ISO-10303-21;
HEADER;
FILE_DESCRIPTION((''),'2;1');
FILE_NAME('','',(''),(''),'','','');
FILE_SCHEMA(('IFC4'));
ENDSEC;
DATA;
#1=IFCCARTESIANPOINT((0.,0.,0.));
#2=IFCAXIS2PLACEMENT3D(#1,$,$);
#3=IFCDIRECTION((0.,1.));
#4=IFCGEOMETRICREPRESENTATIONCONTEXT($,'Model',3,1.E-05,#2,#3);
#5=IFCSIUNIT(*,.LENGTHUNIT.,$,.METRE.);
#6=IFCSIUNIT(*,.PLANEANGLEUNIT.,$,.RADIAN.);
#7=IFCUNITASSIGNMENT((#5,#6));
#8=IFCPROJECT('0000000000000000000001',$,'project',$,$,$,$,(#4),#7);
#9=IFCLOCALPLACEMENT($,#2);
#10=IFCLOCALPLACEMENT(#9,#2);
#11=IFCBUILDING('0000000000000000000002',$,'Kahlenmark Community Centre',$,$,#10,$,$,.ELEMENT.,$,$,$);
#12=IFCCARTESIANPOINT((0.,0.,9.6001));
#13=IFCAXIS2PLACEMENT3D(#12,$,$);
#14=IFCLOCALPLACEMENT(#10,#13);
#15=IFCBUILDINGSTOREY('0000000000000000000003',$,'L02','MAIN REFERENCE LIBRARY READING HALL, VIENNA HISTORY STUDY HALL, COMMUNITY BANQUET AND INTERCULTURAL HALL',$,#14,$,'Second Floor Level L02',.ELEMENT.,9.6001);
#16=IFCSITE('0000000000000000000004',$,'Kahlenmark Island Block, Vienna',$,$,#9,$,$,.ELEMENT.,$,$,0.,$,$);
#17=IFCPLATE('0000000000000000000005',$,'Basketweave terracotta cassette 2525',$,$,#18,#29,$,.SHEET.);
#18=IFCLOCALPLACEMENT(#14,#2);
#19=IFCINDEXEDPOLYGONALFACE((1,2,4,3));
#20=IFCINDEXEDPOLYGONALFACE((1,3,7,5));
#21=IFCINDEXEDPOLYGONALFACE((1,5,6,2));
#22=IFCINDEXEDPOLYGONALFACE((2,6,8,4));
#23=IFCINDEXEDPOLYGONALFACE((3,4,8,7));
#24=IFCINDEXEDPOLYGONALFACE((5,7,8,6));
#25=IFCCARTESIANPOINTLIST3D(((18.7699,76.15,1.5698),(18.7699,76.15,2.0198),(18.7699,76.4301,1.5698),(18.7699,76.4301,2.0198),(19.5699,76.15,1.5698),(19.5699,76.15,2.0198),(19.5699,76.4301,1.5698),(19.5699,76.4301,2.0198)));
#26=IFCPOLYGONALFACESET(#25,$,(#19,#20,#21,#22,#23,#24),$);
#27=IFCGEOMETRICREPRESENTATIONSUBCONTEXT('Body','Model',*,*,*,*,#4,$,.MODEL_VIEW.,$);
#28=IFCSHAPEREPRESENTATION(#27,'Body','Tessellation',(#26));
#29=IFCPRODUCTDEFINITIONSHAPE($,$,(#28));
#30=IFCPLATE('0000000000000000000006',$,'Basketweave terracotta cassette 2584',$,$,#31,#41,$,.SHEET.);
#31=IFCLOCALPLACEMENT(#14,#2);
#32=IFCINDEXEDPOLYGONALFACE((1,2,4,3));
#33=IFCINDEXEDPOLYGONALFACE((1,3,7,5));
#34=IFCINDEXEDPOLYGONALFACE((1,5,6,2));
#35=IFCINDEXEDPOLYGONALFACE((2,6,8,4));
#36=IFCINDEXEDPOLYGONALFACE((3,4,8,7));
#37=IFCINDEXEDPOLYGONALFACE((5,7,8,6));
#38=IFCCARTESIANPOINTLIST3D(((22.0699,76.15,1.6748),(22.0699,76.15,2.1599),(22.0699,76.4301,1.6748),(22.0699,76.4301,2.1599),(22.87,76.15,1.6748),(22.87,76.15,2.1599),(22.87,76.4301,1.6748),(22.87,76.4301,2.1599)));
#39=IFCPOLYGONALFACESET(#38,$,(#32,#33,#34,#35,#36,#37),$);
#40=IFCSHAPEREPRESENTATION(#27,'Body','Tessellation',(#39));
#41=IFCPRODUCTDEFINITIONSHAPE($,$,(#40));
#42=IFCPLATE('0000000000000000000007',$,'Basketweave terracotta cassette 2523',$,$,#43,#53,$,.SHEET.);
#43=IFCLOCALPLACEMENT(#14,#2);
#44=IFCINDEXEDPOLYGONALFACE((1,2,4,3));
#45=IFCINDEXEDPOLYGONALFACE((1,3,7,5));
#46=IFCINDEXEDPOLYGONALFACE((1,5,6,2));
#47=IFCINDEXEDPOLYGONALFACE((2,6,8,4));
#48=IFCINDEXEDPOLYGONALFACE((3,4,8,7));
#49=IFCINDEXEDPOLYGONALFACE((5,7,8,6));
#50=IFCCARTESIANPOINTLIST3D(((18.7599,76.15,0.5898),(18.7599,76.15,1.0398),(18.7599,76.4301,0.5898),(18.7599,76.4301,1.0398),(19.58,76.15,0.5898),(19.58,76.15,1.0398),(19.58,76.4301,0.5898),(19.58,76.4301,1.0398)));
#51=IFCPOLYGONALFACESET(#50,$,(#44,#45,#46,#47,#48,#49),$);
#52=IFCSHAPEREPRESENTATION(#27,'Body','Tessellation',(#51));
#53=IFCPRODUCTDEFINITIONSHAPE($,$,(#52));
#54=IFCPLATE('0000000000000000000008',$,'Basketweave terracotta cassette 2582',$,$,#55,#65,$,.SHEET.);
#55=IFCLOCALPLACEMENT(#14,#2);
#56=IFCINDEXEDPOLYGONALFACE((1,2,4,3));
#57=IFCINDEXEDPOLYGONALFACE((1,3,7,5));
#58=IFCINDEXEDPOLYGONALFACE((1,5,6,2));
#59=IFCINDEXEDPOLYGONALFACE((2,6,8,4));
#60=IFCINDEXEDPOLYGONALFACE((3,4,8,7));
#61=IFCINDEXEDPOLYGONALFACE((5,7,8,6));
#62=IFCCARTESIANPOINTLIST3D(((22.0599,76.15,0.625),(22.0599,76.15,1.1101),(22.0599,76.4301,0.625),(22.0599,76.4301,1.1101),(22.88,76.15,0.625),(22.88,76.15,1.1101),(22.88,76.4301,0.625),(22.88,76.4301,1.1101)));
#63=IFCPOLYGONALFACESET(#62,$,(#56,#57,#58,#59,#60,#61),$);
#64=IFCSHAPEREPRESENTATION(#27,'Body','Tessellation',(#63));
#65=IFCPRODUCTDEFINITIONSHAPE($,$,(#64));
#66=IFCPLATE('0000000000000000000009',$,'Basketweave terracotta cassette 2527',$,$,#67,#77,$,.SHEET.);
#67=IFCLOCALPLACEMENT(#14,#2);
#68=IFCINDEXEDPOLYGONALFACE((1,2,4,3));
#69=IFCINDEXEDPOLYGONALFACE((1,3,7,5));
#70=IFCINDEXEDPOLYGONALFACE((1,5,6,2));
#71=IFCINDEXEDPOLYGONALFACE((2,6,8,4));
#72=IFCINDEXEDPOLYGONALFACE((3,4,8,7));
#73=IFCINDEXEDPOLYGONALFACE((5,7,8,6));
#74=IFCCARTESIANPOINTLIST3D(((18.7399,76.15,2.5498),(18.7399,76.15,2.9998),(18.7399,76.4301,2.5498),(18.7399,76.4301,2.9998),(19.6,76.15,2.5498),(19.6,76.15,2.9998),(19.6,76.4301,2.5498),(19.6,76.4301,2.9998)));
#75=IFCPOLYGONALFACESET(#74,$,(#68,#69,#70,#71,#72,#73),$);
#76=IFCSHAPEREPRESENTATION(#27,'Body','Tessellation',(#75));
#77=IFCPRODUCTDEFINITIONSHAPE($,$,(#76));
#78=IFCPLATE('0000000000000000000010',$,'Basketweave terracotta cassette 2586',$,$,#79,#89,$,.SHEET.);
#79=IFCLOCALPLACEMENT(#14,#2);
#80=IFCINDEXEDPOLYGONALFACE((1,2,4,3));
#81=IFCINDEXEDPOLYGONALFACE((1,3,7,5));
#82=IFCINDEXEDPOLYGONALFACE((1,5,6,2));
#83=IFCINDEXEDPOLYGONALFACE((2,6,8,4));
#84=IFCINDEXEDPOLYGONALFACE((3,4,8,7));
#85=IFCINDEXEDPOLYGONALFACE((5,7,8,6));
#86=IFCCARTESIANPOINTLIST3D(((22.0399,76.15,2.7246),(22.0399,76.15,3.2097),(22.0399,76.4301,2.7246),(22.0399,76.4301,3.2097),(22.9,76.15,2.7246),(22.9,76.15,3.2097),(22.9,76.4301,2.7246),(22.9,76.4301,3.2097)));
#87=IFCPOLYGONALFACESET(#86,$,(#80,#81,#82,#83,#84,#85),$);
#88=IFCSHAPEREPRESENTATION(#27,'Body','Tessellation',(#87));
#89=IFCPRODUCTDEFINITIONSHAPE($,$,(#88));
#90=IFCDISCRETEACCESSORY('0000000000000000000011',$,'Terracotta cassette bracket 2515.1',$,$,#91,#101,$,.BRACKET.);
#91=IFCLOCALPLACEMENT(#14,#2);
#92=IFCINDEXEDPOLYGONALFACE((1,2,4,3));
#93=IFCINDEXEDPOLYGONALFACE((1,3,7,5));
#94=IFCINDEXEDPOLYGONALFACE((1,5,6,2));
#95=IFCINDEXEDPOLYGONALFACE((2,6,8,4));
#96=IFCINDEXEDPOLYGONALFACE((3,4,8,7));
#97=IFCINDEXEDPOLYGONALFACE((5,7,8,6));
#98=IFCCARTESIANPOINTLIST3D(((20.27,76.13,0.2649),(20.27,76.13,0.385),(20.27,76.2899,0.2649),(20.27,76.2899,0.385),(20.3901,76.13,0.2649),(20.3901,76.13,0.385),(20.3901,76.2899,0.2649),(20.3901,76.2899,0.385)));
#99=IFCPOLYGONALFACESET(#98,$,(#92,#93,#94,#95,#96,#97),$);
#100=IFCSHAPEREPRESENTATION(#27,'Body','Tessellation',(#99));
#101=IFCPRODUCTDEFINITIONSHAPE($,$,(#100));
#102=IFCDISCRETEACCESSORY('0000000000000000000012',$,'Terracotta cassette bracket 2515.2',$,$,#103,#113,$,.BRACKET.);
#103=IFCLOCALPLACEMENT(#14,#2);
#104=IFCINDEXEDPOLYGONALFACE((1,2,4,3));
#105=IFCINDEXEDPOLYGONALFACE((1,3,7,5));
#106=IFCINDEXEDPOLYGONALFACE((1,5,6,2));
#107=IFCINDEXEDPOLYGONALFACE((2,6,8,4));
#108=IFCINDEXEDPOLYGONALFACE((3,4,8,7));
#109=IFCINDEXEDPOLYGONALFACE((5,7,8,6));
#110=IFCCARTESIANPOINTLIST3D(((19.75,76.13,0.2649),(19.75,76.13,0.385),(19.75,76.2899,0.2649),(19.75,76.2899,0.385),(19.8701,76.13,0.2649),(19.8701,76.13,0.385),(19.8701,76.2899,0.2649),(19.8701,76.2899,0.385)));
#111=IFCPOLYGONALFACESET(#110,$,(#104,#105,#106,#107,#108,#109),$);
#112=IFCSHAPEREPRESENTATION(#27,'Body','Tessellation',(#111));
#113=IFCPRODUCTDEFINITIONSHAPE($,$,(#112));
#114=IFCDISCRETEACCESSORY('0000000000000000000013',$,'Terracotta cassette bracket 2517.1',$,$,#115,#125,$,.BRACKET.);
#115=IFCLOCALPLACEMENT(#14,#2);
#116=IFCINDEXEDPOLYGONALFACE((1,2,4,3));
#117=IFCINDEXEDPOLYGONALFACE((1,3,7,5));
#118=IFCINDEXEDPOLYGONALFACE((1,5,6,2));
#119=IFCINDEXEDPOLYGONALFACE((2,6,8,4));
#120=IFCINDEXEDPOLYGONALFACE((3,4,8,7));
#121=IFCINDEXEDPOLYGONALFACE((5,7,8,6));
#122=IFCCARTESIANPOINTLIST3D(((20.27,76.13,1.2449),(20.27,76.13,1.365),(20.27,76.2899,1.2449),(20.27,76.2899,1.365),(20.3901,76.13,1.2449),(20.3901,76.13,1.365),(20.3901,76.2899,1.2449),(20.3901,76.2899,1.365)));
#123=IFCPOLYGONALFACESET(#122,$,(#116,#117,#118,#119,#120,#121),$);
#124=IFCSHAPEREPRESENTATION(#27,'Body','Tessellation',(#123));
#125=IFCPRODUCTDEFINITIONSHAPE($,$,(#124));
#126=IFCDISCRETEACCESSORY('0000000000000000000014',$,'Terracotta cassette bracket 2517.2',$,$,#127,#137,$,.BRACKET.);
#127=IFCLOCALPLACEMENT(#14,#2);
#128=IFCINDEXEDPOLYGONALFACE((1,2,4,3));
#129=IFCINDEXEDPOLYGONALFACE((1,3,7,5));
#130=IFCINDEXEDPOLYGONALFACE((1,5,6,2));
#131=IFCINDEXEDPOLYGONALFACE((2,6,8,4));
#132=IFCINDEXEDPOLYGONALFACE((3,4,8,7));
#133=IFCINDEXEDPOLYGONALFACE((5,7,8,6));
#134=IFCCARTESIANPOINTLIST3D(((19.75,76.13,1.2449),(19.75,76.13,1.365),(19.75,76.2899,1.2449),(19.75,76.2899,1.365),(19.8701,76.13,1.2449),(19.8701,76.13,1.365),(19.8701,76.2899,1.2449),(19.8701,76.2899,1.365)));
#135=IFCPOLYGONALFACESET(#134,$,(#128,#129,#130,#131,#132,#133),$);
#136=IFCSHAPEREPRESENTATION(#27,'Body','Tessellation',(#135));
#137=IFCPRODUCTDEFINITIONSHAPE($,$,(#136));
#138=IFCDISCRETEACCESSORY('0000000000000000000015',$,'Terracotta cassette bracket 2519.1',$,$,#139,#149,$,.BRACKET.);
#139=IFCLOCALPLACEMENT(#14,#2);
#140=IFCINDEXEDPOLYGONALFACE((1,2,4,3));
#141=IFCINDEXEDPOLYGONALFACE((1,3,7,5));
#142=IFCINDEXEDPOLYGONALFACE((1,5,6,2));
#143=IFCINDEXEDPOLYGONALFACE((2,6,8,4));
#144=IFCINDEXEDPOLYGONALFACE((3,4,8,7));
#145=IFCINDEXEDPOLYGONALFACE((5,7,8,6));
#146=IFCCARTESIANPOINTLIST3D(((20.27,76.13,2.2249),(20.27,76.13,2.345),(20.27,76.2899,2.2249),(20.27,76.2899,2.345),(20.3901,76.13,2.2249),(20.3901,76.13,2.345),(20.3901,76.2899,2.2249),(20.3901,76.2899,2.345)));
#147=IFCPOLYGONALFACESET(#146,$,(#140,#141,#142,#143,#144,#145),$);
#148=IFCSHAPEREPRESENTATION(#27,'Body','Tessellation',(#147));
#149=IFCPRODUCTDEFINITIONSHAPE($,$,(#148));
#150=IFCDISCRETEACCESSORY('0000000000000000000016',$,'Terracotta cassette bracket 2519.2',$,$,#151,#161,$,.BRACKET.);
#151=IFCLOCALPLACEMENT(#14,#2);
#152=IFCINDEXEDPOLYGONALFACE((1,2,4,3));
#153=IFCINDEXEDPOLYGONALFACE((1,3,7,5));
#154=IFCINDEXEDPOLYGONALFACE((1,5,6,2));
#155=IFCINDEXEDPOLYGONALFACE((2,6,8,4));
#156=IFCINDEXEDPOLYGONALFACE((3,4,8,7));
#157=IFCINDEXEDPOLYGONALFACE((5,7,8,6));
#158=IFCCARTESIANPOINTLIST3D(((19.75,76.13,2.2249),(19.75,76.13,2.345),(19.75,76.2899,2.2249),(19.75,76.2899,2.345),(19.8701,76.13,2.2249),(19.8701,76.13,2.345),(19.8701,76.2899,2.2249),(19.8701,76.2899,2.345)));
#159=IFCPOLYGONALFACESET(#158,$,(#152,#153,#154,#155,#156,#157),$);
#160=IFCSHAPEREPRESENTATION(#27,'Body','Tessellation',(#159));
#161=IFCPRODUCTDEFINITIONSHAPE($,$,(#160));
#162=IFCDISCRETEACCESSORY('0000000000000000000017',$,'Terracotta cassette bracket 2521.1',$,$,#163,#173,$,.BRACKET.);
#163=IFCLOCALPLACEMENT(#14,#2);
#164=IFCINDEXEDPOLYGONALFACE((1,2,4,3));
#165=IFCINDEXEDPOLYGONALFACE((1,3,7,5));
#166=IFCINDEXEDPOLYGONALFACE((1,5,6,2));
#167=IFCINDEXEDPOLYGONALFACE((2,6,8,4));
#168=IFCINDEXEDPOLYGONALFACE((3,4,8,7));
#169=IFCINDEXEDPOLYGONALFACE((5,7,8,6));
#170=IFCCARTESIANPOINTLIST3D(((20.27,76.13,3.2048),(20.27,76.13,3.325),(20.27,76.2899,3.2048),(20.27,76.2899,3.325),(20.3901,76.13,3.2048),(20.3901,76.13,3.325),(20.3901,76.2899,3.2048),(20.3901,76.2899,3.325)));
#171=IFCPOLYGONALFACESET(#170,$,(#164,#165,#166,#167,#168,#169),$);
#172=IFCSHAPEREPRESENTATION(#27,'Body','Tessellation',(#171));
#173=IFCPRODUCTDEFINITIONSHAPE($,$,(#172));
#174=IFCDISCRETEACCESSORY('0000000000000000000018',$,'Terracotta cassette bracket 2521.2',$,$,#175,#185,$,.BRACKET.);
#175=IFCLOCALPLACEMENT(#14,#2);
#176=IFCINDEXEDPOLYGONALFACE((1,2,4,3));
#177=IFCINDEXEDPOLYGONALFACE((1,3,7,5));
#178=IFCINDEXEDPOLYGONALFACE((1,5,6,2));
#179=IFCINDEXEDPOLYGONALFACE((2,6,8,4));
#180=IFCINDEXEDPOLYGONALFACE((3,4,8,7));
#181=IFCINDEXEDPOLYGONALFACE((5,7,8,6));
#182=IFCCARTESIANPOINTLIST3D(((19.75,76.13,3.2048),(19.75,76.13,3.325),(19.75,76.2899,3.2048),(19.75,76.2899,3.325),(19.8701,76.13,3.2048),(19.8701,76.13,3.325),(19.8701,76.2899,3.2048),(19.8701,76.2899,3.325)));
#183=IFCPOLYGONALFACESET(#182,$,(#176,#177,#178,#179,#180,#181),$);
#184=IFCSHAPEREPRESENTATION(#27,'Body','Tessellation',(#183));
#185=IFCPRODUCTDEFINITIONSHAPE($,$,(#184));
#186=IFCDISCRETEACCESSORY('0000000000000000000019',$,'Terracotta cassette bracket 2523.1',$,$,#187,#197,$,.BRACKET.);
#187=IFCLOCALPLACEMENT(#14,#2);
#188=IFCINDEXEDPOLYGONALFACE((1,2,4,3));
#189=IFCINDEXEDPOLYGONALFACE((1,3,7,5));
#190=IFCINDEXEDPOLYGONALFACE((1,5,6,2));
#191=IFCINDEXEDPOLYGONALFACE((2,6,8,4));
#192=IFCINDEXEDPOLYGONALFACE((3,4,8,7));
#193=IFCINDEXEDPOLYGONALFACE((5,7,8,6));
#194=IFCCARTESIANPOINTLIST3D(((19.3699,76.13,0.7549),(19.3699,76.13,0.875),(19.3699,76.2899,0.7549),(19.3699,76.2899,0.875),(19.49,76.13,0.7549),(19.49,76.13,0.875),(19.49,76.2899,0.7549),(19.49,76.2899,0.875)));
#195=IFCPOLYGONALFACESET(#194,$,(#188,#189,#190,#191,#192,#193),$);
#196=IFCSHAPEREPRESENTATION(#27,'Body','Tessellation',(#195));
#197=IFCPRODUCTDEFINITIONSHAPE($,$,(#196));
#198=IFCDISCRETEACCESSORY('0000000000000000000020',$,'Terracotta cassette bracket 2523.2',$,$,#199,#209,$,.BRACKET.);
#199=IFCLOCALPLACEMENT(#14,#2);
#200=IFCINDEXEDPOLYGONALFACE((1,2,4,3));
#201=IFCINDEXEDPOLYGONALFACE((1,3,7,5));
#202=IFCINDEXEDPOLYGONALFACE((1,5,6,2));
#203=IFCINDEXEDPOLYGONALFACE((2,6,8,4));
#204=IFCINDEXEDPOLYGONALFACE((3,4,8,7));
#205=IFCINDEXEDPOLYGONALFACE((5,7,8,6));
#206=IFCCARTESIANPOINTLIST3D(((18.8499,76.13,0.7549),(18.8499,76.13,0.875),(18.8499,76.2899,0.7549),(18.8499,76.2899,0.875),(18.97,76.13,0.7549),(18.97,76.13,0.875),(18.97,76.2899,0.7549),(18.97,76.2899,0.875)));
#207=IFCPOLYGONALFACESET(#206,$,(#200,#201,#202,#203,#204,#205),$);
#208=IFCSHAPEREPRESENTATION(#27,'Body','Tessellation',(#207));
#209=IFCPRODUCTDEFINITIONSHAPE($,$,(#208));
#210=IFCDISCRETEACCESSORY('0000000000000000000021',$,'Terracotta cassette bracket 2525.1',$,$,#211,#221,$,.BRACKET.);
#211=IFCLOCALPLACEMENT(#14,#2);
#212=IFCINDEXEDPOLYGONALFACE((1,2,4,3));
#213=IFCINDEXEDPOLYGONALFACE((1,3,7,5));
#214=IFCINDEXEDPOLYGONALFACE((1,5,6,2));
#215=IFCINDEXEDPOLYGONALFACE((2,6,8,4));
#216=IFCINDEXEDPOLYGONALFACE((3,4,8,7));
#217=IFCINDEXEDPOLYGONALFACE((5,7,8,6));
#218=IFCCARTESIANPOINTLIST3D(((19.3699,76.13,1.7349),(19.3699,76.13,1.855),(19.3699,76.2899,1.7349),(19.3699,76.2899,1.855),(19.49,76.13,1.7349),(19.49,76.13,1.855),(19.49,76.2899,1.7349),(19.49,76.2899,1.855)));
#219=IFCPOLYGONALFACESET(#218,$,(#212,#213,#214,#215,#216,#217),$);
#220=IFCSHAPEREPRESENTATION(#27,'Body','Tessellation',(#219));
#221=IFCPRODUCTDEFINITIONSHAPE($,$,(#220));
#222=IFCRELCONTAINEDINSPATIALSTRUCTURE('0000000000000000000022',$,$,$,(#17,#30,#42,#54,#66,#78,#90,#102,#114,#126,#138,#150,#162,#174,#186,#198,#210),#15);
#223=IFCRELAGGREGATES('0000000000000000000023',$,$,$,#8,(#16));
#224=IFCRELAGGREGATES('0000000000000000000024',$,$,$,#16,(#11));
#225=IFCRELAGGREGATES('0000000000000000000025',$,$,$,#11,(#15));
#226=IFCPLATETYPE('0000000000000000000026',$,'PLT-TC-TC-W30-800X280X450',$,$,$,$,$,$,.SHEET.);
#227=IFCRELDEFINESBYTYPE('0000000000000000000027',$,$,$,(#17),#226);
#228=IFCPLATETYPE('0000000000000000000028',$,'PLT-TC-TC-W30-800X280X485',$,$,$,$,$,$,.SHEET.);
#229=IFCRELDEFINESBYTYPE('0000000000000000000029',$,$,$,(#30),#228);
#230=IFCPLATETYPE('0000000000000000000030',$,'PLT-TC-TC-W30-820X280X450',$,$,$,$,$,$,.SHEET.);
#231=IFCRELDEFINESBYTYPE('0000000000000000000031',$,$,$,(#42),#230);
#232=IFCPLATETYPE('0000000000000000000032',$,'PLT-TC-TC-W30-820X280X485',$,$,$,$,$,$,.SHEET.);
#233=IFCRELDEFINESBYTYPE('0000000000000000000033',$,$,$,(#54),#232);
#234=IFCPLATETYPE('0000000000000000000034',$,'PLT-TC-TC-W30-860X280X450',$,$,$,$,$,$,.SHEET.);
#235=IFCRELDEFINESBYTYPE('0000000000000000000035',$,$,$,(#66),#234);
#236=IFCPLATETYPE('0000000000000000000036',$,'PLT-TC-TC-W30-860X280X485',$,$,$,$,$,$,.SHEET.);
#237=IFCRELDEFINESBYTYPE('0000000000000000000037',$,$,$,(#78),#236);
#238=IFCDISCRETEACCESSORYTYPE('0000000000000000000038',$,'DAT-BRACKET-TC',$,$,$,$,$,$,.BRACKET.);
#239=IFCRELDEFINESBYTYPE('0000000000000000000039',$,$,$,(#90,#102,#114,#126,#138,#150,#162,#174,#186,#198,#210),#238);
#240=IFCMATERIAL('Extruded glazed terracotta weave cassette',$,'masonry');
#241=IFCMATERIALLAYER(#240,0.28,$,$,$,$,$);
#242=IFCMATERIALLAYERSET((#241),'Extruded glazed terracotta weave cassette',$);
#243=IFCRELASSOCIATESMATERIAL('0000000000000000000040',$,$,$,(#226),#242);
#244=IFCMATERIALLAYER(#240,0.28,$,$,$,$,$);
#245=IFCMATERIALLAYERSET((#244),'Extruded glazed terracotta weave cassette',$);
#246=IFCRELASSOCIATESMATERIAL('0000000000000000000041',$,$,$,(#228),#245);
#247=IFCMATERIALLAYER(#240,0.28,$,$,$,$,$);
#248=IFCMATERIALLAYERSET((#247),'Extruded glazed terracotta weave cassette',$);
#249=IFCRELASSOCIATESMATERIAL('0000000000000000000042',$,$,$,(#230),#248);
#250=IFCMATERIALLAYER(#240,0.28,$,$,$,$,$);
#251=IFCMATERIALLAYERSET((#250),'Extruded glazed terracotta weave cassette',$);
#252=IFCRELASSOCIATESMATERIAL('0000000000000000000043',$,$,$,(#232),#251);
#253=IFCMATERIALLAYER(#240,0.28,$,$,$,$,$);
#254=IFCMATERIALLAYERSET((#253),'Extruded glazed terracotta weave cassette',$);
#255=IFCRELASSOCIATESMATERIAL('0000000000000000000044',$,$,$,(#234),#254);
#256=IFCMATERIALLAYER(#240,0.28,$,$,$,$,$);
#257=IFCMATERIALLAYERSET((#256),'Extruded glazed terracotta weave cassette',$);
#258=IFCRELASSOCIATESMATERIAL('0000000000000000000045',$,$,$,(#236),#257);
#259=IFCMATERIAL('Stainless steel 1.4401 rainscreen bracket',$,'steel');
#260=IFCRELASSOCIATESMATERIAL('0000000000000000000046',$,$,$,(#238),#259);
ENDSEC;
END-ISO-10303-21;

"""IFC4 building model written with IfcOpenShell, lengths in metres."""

from ifc_helpers import new_model, si_unit, direction, frame, origin, origin_2d, place, context, subcontext, project, spatial, rectangle, extrude, material, layer, layer_set, type_object, element, save


model = new_model("IFC4")

# Units and contexts
model_context = context("Model", 3, precision=1e-05, world=origin(), true_north=direction((0.0, 1.0)))
body_context = subcontext(model_context, "Body", "Model", "MODEL_VIEW")
ifc_project = project(units=[si_unit("LENGTHUNIT", "METRE"), si_unit("PLANEANGLEUNIT", "RADIAN")], contexts=[model_context])

# Site, building, storey
site_placement = place(None, origin())
site = spatial("IfcSite", under=ifc_project, at=site_placement, Name="Kahlenmark Island Block, Vienna", CompositionType="ELEMENT", RefElevation=0.0)
building_placement = place(site_placement, origin())
building = spatial("IfcBuilding", under=site, at=building_placement, Name="Kahlenmark Community Centre", CompositionType="ELEMENT")
storey_placement = place(building_placement, frame((0.0, 0.0, 9.6001)))
storey = spatial("IfcBuildingStorey", under=building, at=storey_placement, Name="L02", Description="MAIN REFERENCE LIBRARY READING HALL, VIENNA HISTORY STUDY HALL, COMMUNITY BANQUET AND INTERCULTURAL HALL", LongName="Second Floor Level L02", CompositionType="ELEMENT", Elevation=9.6001)

# Plates
ifc_material_1 = material(Name="Extruded glazed terracotta weave cassette", Category="masonry")
ifc_layer_1 = layer(ifc_material_1, 0.28)
ifc_layer_set_1 = layer_set([ifc_layer_1], Name="Extruded glazed terracotta weave cassette")
plate_type_1 = type_object("IfcPlateType", Name="PLT-TC-TC-W30-800X280X450", PredefinedType="SHEET", material=ifc_layer_set_1)
plate_1_placement = place(storey_placement, frame((19.1699, 76.29, 1.5698), z_axis=(0.0, 0.0, 1.0), x_axis=(-1.0, 0.0, 0.0)))
element("IfcPlate", 1, at=plate_1_placement, inside=storey, type_object=plate_type_1, Name="Basketweave terracotta cassette 2525", PredefinedType="SHEET", context=body_context, shape_type="SweptSolid", body=[
    extrude(rectangle(XDim=0.8, YDim=0.28, at=origin_2d()), origin(), (0.0, 0.0, 1.0), 0.45),
])
ifc_layer_2 = layer(ifc_material_1, 0.28)
ifc_layer_set_2 = layer_set([ifc_layer_2], Name="Extruded glazed terracotta weave cassette")
plate_type_2 = type_object("IfcPlateType", Name="PLT-TC-TC-W30-800X280X485", PredefinedType="SHEET", material=ifc_layer_set_2)
plate_2_placement = place(storey_placement, frame((22.47, 76.29, 1.6748), z_axis=(0.0, 0.0, 1.0), x_axis=(-1.0, 0.0, 0.0)))
element("IfcPlate", 2, at=plate_2_placement, inside=storey, type_object=plate_type_2, Name="Basketweave terracotta cassette 2584", PredefinedType="SHEET", context=body_context, shape_type="SweptSolid", body=[
    extrude(rectangle(XDim=0.8, YDim=0.28, at=origin_2d()), origin(), (0.0, 0.0, 1.0), 0.4851),
])
ifc_layer_3 = layer(ifc_material_1, 0.28)
ifc_layer_set_3 = layer_set([ifc_layer_3], Name="Extruded glazed terracotta weave cassette")
plate_type_3 = type_object("IfcPlateType", Name="PLT-TC-TC-W30-820X280X450", PredefinedType="SHEET", material=ifc_layer_set_3)
plate_3_placement = place(storey_placement, frame((19.1699, 76.29, 0.5898), z_axis=(0.0, 0.0, 1.0), x_axis=(-1.0, 0.0, 0.0)))
element("IfcPlate", 3, at=plate_3_placement, inside=storey, type_object=plate_type_3, Name="Basketweave terracotta cassette 2523", PredefinedType="SHEET", context=body_context, shape_type="SweptSolid", body=[
    extrude(rectangle(XDim=0.8201, YDim=0.28, at=origin_2d()), origin(), (0.0, 0.0, 1.0), 0.45),
])
ifc_layer_4 = layer(ifc_material_1, 0.28)
ifc_layer_set_4 = layer_set([ifc_layer_4], Name="Extruded glazed terracotta weave cassette")
plate_type_4 = type_object("IfcPlateType", Name="PLT-TC-TC-W30-820X280X485", PredefinedType="SHEET", material=ifc_layer_set_4)
plate_4_placement = place(storey_placement, frame((22.47, 76.29, 0.625), z_axis=(0.0, 0.0, 1.0), x_axis=(-1.0, 0.0, 0.0)))
element("IfcPlate", 4, at=plate_4_placement, inside=storey, type_object=plate_type_4, Name="Basketweave terracotta cassette 2582", PredefinedType="SHEET", context=body_context, shape_type="SweptSolid", body=[
    extrude(rectangle(XDim=0.8201, YDim=0.28, at=origin_2d()), origin(), (0.0, 0.0, 1.0), 0.4851),
])
ifc_layer_5 = layer(ifc_material_1, 0.28)
ifc_layer_set_5 = layer_set([ifc_layer_5], Name="Extruded glazed terracotta weave cassette")
plate_type_5 = type_object("IfcPlateType", Name="PLT-TC-TC-W30-860X280X450", PredefinedType="SHEET", material=ifc_layer_set_5)
plate_5_placement = place(storey_placement, frame((19.1699, 76.29, 2.5498), z_axis=(0.0, 0.0, 1.0), x_axis=(-1.0, 0.0, 0.0)))
element("IfcPlate", 5, at=plate_5_placement, inside=storey, type_object=plate_type_5, Name="Basketweave terracotta cassette 2527", PredefinedType="SHEET", context=body_context, shape_type="SweptSolid", body=[
    extrude(rectangle(XDim=0.8601, YDim=0.28, at=origin_2d()), origin(), (0.0, 0.0, 1.0), 0.45),
])
ifc_layer_6 = layer(ifc_material_1, 0.28)
ifc_layer_set_6 = layer_set([ifc_layer_6], Name="Extruded glazed terracotta weave cassette")
plate_type_6 = type_object("IfcPlateType", Name="PLT-TC-TC-W30-860X280X485", PredefinedType="SHEET", material=ifc_layer_set_6)
plate_6_placement = place(storey_placement, frame((22.47, 76.29, 2.7246), z_axis=(0.0, 0.0, 1.0), x_axis=(-1.0, 0.0, 0.0)))
element("IfcPlate", 6, at=plate_6_placement, inside=storey, type_object=plate_type_6, Name="Basketweave terracotta cassette 2586", PredefinedType="SHEET", context=body_context, shape_type="SweptSolid", body=[
    extrude(rectangle(XDim=0.8601, YDim=0.28, at=origin_2d()), origin(), (0.0, 0.0, 1.0), 0.4851),
])

# Discrete accessories
ifc_material_2 = material(Name="Stainless steel 1.4401 rainscreen bracket", Category="steel")
discrete_accessory_type = type_object("IfcDiscreteAccessoryType", Name="DAT-BRACKET-TC", PredefinedType="BRACKET", material=ifc_material_2)
for number, where, z_axis, x_axis, name in (
    (7, (20.3301, 76.21, 0.2649), (0.0, 0.0, 1.0), (-1.0, 0.0, 0.0), "Terracotta cassette bracket 2515.1"),
    (8, (19.8101, 76.21, 0.2649), (0.0, 0.0, 1.0), (-1.0, 0.0, 0.0), "Terracotta cassette bracket 2515.2"),
    (9, (20.3301, 76.21, 1.2449), (0.0, 0.0, 1.0), (-1.0, 0.0, 0.0), "Terracotta cassette bracket 2517.1"),
    (10, (19.8101, 76.21, 1.2449), (0.0, 0.0, 1.0), (-1.0, 0.0, 0.0), "Terracotta cassette bracket 2517.2"),
    (11, (20.3301, 76.21, 2.2249), (0.0, 0.0, 1.0), (-1.0, 0.0, 0.0), "Terracotta cassette bracket 2519.1"),
    (12, (19.8101, 76.21, 2.2249), (0.0, 0.0, 1.0), (-1.0, 0.0, 0.0), "Terracotta cassette bracket 2519.2"),
    (13, (20.3301, 76.21, 3.2048), (0.0, 0.0, 1.0), (-1.0, 0.0, 0.0), "Terracotta cassette bracket 2521.1"),
    (14, (19.8101, 76.21, 3.2048), (0.0, 0.0, 1.0), (-1.0, 0.0, 0.0), "Terracotta cassette bracket 2521.2"),
    (15, (19.4299, 76.21, 0.7549), (0.0, 0.0, 1.0), (-1.0, 0.0, 0.0), "Terracotta cassette bracket 2523.1"),
    (16, (18.9099, 76.21, 0.7549), (0.0, 0.0, 1.0), (-1.0, 0.0, 0.0), "Terracotta cassette bracket 2523.2"),
    (17, (19.4299, 76.21, 1.7349), (0.0, 0.0, 1.0), (-1.0, 0.0, 0.0), "Terracotta cassette bracket 2525.1"),
):
    element("IfcDiscreteAccessory", number, at=place(storey_placement, frame(where, z_axis=z_axis, x_axis=x_axis)), inside=storey, type_object=discrete_accessory_type, Name=name, PredefinedType="BRACKET", context=body_context, shape_type="SweptSolid", body=[
        extrude(rectangle(XDim=0.1201, YDim=0.1599, at=origin_2d()), origin(), (0.0, 0.0, 1.0), 0.1201),
    ])

save(model, "model.ifc")
